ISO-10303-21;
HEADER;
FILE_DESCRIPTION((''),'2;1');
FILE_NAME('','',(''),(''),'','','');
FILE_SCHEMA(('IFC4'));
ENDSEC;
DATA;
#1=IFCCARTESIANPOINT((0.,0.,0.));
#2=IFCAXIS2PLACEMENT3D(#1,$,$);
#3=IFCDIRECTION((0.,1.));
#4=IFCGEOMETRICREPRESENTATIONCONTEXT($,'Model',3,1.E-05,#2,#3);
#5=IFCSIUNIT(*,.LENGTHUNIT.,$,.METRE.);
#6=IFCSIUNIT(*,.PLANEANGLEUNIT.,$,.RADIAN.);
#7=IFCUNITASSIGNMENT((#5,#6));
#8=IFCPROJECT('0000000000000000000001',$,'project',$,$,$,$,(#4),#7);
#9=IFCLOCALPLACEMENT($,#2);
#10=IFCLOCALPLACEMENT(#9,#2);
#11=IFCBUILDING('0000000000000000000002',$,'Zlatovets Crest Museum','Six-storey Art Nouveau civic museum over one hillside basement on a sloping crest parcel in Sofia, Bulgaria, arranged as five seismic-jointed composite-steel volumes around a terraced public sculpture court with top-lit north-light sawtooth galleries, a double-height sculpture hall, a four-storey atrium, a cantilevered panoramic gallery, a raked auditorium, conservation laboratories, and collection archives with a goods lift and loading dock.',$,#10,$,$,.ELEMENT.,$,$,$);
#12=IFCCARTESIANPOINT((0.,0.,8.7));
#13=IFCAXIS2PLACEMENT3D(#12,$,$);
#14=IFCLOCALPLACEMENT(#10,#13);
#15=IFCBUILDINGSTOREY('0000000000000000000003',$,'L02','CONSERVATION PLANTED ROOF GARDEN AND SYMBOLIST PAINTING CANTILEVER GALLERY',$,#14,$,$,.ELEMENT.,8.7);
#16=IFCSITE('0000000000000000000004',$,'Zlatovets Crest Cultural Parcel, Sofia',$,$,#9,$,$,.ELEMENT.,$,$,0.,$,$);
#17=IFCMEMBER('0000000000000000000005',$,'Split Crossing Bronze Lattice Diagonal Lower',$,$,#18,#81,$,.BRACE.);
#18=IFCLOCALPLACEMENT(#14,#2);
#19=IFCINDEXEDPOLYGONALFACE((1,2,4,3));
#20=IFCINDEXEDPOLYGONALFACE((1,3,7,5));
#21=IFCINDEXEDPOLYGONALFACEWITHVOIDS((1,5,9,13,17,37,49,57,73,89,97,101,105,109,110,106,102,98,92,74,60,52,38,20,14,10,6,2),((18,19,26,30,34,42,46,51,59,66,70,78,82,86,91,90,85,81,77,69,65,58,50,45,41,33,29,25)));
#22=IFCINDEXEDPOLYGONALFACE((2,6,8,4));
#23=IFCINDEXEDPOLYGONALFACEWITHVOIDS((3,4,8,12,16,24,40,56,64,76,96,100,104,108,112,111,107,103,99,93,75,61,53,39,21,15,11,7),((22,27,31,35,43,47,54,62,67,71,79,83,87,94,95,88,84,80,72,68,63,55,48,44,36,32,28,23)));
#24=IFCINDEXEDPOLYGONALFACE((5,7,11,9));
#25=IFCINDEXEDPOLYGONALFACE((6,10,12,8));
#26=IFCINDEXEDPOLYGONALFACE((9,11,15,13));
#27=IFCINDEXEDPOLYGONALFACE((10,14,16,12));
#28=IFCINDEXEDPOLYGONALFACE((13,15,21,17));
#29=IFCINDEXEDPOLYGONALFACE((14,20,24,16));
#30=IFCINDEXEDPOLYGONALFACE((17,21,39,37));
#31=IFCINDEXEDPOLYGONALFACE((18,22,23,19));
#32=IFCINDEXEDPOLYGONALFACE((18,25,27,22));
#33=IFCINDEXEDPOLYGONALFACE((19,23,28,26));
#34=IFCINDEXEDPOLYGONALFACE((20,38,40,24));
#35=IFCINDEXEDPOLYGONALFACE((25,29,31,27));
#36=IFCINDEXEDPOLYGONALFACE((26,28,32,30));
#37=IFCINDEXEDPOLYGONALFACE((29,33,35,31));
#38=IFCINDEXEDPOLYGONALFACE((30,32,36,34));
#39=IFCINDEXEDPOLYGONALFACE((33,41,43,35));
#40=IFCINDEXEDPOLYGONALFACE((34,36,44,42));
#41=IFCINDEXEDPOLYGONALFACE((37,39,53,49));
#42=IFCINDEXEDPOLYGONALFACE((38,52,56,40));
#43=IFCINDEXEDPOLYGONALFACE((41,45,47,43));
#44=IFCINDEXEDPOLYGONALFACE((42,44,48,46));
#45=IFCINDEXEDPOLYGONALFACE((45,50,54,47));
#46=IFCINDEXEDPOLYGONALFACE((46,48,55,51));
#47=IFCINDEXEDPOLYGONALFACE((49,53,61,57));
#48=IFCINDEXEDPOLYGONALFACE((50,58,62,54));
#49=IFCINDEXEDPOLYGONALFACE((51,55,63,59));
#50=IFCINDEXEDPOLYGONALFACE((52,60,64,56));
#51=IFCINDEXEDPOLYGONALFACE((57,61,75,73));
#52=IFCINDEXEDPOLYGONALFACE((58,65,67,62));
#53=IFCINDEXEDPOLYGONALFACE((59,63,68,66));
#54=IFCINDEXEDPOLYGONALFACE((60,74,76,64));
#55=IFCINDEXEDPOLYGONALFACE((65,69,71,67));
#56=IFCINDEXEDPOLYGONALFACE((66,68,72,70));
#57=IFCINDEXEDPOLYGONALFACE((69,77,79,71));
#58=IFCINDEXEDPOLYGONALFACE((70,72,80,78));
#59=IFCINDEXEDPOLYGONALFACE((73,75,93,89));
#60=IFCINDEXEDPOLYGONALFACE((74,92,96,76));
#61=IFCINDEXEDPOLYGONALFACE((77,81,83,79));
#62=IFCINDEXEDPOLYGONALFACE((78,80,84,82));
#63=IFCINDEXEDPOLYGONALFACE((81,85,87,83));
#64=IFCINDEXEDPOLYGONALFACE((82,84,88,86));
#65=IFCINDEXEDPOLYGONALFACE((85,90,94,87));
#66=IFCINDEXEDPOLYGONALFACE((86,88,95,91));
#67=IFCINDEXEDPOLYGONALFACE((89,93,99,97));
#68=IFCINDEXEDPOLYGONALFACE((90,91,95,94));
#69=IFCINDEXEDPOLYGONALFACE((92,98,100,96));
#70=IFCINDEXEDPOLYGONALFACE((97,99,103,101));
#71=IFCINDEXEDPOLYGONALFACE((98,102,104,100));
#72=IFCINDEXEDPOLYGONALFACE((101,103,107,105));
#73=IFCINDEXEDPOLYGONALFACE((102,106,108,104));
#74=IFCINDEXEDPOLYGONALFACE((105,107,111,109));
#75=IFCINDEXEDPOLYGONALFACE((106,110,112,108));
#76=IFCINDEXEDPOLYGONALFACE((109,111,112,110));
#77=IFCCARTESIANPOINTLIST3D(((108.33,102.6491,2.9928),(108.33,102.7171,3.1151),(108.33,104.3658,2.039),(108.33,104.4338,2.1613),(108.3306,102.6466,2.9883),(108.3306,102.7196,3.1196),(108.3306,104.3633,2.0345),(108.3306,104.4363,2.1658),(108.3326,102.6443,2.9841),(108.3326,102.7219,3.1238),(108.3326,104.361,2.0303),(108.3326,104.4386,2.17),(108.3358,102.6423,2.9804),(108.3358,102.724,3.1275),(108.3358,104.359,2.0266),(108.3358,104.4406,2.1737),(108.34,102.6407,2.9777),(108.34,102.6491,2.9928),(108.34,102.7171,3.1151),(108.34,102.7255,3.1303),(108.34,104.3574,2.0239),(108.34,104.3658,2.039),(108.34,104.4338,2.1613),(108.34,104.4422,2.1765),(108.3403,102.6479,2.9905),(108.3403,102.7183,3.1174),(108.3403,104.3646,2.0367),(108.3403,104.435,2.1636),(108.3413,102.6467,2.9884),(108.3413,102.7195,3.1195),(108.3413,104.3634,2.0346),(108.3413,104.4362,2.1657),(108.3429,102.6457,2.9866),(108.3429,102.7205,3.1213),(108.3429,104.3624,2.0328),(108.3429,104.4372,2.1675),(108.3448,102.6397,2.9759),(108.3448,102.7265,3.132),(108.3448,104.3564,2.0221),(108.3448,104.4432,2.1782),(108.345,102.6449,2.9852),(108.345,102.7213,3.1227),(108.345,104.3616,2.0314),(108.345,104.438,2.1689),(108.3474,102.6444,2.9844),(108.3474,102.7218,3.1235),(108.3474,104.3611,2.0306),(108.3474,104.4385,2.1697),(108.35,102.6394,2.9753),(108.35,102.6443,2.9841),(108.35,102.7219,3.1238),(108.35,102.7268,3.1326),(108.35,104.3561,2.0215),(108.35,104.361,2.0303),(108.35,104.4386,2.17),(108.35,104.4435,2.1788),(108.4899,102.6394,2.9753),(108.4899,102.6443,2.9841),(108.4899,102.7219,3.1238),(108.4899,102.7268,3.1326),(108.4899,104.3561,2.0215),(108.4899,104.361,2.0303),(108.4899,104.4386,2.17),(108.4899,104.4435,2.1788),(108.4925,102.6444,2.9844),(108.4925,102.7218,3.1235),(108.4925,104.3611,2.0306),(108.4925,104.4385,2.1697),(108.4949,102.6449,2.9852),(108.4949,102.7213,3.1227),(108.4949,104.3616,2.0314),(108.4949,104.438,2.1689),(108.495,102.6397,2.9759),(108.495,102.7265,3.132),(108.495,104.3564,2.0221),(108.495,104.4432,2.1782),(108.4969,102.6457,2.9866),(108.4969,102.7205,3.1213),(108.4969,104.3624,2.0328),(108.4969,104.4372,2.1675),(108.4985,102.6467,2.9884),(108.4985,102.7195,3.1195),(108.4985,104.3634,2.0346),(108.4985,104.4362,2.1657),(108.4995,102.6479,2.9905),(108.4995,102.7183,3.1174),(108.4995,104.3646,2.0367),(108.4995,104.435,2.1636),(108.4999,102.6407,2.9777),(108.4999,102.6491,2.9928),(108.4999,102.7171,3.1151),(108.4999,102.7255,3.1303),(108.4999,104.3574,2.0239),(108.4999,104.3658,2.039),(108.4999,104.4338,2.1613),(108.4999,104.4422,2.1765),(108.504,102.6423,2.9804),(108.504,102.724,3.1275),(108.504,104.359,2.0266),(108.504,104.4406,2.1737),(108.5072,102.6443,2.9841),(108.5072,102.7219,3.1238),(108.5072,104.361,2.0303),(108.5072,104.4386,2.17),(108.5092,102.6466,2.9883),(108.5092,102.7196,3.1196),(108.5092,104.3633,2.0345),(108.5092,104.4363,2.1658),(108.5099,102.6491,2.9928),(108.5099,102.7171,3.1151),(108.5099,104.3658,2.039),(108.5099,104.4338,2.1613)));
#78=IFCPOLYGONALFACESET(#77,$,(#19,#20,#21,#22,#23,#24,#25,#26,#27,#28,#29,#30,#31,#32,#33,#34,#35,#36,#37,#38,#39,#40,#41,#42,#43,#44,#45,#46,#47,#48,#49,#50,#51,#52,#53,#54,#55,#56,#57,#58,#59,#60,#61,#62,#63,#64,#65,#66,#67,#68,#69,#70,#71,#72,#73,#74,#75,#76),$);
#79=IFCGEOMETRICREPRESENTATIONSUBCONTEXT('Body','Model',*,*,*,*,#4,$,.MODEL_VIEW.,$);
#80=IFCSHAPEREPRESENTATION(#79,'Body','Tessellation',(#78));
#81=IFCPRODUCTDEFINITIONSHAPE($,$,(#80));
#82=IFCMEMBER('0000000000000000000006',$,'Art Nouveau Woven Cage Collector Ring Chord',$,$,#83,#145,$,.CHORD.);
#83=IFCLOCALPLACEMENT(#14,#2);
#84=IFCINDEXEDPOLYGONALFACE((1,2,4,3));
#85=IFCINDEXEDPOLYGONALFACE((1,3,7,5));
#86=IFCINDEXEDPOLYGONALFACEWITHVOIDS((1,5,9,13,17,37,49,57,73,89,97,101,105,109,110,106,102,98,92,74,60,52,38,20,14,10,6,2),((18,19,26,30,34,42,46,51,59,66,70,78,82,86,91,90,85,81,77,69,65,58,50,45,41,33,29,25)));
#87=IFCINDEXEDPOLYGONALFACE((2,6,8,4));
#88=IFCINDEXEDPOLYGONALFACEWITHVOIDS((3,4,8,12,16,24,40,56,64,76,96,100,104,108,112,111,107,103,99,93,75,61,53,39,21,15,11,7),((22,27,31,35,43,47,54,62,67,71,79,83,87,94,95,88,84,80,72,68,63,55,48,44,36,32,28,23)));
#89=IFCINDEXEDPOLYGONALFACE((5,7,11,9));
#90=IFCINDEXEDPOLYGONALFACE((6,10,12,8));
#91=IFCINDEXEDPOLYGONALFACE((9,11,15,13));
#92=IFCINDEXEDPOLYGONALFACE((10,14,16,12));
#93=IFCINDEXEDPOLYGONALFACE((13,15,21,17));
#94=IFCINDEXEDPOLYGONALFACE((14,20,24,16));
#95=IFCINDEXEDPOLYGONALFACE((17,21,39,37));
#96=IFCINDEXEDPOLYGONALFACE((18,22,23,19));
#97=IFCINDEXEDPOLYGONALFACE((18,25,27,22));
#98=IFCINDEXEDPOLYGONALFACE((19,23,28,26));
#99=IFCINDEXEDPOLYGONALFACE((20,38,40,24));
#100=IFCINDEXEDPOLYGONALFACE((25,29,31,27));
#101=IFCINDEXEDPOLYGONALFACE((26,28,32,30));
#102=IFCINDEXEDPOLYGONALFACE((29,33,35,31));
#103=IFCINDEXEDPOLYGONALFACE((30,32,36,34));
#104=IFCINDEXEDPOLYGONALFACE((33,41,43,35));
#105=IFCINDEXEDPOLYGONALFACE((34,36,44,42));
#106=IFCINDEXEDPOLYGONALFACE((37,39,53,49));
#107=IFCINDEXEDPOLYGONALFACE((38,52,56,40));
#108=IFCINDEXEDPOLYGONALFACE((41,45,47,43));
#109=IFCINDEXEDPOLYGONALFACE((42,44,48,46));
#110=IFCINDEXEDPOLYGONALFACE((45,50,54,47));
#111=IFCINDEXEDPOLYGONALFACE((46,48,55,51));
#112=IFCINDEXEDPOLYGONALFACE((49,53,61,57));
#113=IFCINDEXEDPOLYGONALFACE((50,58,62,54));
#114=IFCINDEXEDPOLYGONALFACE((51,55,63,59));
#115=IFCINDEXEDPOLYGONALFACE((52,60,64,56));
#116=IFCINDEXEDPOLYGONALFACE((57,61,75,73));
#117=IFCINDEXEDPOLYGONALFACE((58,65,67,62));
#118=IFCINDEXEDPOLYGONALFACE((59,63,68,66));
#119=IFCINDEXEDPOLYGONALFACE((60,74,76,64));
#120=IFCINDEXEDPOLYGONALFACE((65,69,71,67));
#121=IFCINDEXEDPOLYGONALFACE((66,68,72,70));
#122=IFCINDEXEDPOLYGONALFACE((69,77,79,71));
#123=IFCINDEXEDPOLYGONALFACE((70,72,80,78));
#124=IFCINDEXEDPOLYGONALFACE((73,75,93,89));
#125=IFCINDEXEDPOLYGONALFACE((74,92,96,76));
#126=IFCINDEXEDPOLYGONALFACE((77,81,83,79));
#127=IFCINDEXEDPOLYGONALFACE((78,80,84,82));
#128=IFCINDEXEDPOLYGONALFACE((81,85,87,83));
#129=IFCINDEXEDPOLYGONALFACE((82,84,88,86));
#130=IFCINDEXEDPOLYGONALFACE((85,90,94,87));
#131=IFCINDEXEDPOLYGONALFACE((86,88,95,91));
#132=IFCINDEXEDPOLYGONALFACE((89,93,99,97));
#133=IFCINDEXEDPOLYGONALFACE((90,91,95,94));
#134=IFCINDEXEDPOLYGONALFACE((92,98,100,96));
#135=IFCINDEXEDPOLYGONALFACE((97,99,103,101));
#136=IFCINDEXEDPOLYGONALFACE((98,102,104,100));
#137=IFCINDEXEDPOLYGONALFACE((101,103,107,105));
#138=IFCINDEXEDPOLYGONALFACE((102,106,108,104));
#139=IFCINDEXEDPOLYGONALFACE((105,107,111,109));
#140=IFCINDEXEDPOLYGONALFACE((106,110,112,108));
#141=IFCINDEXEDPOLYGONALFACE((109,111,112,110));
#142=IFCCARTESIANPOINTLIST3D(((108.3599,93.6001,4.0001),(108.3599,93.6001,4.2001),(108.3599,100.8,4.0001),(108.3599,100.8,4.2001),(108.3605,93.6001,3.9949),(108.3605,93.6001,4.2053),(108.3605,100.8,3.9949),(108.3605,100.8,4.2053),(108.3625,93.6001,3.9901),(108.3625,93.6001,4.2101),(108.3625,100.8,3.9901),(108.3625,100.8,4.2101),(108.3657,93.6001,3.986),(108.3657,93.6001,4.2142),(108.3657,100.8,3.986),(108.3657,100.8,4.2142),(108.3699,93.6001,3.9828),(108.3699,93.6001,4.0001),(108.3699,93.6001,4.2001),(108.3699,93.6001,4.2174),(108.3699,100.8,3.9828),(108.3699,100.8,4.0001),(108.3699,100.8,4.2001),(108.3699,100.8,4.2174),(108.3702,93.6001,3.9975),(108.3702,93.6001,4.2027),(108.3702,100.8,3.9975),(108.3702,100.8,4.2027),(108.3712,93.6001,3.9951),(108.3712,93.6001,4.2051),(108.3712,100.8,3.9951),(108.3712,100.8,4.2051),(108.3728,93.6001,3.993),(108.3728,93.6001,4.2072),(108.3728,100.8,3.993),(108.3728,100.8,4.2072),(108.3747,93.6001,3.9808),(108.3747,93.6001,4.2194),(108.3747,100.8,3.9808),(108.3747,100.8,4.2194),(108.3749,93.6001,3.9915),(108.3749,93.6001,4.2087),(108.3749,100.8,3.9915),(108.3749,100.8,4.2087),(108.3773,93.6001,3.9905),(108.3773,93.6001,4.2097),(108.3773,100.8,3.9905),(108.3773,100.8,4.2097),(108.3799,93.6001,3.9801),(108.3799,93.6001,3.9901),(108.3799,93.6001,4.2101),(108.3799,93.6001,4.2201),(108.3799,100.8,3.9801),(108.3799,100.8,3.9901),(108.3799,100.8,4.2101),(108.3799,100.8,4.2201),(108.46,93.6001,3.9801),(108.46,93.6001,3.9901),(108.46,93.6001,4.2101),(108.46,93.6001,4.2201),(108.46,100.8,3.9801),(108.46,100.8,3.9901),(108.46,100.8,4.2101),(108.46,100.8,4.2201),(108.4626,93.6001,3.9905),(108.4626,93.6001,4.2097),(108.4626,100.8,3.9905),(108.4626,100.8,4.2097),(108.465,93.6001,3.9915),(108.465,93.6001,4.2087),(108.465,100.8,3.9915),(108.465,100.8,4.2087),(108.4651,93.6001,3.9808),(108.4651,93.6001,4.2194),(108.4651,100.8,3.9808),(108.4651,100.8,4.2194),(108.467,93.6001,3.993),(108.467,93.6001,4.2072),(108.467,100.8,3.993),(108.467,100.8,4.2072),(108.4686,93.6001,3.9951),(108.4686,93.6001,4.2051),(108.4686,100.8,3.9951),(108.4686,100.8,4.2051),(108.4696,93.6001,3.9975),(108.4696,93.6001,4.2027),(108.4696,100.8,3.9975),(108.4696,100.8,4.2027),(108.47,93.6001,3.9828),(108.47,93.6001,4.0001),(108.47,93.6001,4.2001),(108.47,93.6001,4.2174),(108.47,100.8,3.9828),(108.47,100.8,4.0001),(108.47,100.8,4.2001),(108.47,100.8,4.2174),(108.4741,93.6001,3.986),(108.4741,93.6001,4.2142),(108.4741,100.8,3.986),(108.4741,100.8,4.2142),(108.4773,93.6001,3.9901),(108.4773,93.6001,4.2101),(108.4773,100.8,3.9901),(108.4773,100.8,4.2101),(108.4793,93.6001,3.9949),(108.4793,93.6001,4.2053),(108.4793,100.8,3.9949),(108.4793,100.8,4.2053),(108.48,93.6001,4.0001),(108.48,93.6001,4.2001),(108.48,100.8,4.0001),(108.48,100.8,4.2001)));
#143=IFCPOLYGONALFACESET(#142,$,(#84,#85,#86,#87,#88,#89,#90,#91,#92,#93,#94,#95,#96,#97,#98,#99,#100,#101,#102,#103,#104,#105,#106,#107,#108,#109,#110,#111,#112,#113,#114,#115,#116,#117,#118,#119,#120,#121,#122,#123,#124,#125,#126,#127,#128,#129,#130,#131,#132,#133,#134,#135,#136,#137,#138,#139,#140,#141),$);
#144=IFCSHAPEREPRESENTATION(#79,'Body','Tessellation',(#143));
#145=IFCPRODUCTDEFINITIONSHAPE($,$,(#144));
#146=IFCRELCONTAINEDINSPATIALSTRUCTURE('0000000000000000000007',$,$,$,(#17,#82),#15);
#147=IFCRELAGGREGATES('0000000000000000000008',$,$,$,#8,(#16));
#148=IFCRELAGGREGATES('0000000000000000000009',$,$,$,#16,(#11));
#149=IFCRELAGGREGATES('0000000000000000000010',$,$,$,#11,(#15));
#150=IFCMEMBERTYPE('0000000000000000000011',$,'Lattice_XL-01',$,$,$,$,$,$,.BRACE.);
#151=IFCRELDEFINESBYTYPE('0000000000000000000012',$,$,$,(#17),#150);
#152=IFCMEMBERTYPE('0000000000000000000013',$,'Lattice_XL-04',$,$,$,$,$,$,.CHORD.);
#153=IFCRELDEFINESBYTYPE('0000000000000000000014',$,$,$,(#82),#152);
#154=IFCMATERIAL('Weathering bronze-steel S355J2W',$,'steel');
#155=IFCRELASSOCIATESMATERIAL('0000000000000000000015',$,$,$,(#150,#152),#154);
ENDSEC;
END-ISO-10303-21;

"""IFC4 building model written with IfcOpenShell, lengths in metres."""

from ifc_helpers import new_model, si_unit, direction, frame, origin, origin_2d, place, context, subcontext, project, spatial, hollow_rectangle, extrude, material, material_profile, profile_set, type_object, element, save


model = new_model("IFC4")

# Units and contexts
model_context = context("Model", 3, precision=1e-05, world=origin(), true_north=direction((0.0, 1.0)))
body_context = subcontext(model_context, "Body", "Model", "MODEL_VIEW")
ifc_project = project(units=[si_unit("LENGTHUNIT", "METRE"), si_unit("PLANEANGLEUNIT", "RADIAN")], contexts=[model_context])

# Site, building, storey
site_placement = place(None, origin())
site = spatial("IfcSite", under=ifc_project, at=site_placement, Name="Zlatovets Crest Cultural Parcel, Sofia", CompositionType="ELEMENT", RefElevation=0.0)
building_placement = place(site_placement, origin())
building = spatial("IfcBuilding", under=site, at=building_placement, Name="Zlatovets Crest Museum", Description="Six-storey Art Nouveau civic museum over one hillside basement on a sloping crest parcel in Sofia, Bulgaria, arranged as five seismic-jointed composite-steel volumes around a terraced public sculpture court with top-lit north-light sawtooth galleries, a double-height sculpture hall, a four-storey atrium, a cantilevered panoramic gallery, a raked auditorium, conservation laboratories, and collection archives with a goods lift and loading dock.", CompositionType="ELEMENT")
storey_placement = place(building_placement, frame((0.0, 0.0, 8.7)))
storey = spatial("IfcBuildingStorey", under=building, at=storey_placement, Name="L02", Description="CONSERVATION PLANTED ROOF GARDEN AND SYMBOLIST PAINTING CANTILEVER GALLERY", CompositionType="ELEMENT", Elevation=8.7)

# Members
ifc_material_1 = material(Name="Weathering bronze-steel S355J2W", Category="steel")
ifc_material_profile_1 = material_profile(ifc_material_1, hollow_rectangle(XDim=0.1799, YDim=0.1799, WallThickness=0.01, InnerFilletRadius=0.01, OuterFilletRadius=0.02, at=origin_2d()), Name="SHS 180x180x10.0")
ifc_profile_set_1 = profile_set([ifc_material_profile_1], Name="Weathering bronze-steel S355J2W")
member_type_1 = type_object("IfcMemberType", Name="Lattice_XL-01", PredefinedType="BRACE", material=ifc_profile_set_1)
member_1_placement = place(storey_placement, frame((108.4199, 102.6831, 3.054), z_axis=(0.0, 0.87414, -0.485675), x_axis=(-1.0, 0.0, 0.0)))
element("IfcMember", 1, at=member_1_placement, inside=storey, type_object=member_type_1, Name="Split Crossing Bronze Lattice Diagonal Lower", PredefinedType="BRACE", context=body_context, shape_type="SweptSolid", body=[
    extrude(hollow_rectangle(XDim=0.1799, YDim=0.1799, WallThickness=0.01, InnerFilletRadius=0.01, OuterFilletRadius=0.02, at=origin_2d()), origin(), (0.0, 0.0, 1.0), 1.9639),
])
ifc_material_profile_2 = material_profile(ifc_material_1, hollow_rectangle(XDim=0.1201, YDim=0.24, WallThickness=0.01, InnerFilletRadius=0.01, OuterFilletRadius=0.02, at=origin_2d()), Name="RHS 120x240x10.0")
ifc_profile_set_2 = profile_set([ifc_material_profile_2], Name="Weathering bronze-steel S355J2W")
member_type_2 = type_object("IfcMemberType", Name="Lattice_XL-04", PredefinedType="CHORD", material=ifc_profile_set_2)
for number, where, z_axis, x_axis, name in (
    (2, (108.4199, 93.6001, 4.1001), (0.0, 1.0, 0.0), (-1.0, 0.0, 0.0), "Art Nouveau Woven Cage Collector Ring Chord"),
):
    element("IfcMember", number, at=place(storey_placement, frame(where, z_axis=z_axis, x_axis=x_axis)), inside=storey, type_object=member_type_2, Name=name, PredefinedType="CHORD", context=body_context, shape_type="SweptSolid", body=[
        extrude(hollow_rectangle(XDim=0.1201, YDim=0.24, WallThickness=0.01, InnerFilletRadius=0.01, OuterFilletRadius=0.02, at=origin_2d()), origin(), (0.0, 0.0, 1.0), 7.2),
    ])

save(model, "model.ifc")
